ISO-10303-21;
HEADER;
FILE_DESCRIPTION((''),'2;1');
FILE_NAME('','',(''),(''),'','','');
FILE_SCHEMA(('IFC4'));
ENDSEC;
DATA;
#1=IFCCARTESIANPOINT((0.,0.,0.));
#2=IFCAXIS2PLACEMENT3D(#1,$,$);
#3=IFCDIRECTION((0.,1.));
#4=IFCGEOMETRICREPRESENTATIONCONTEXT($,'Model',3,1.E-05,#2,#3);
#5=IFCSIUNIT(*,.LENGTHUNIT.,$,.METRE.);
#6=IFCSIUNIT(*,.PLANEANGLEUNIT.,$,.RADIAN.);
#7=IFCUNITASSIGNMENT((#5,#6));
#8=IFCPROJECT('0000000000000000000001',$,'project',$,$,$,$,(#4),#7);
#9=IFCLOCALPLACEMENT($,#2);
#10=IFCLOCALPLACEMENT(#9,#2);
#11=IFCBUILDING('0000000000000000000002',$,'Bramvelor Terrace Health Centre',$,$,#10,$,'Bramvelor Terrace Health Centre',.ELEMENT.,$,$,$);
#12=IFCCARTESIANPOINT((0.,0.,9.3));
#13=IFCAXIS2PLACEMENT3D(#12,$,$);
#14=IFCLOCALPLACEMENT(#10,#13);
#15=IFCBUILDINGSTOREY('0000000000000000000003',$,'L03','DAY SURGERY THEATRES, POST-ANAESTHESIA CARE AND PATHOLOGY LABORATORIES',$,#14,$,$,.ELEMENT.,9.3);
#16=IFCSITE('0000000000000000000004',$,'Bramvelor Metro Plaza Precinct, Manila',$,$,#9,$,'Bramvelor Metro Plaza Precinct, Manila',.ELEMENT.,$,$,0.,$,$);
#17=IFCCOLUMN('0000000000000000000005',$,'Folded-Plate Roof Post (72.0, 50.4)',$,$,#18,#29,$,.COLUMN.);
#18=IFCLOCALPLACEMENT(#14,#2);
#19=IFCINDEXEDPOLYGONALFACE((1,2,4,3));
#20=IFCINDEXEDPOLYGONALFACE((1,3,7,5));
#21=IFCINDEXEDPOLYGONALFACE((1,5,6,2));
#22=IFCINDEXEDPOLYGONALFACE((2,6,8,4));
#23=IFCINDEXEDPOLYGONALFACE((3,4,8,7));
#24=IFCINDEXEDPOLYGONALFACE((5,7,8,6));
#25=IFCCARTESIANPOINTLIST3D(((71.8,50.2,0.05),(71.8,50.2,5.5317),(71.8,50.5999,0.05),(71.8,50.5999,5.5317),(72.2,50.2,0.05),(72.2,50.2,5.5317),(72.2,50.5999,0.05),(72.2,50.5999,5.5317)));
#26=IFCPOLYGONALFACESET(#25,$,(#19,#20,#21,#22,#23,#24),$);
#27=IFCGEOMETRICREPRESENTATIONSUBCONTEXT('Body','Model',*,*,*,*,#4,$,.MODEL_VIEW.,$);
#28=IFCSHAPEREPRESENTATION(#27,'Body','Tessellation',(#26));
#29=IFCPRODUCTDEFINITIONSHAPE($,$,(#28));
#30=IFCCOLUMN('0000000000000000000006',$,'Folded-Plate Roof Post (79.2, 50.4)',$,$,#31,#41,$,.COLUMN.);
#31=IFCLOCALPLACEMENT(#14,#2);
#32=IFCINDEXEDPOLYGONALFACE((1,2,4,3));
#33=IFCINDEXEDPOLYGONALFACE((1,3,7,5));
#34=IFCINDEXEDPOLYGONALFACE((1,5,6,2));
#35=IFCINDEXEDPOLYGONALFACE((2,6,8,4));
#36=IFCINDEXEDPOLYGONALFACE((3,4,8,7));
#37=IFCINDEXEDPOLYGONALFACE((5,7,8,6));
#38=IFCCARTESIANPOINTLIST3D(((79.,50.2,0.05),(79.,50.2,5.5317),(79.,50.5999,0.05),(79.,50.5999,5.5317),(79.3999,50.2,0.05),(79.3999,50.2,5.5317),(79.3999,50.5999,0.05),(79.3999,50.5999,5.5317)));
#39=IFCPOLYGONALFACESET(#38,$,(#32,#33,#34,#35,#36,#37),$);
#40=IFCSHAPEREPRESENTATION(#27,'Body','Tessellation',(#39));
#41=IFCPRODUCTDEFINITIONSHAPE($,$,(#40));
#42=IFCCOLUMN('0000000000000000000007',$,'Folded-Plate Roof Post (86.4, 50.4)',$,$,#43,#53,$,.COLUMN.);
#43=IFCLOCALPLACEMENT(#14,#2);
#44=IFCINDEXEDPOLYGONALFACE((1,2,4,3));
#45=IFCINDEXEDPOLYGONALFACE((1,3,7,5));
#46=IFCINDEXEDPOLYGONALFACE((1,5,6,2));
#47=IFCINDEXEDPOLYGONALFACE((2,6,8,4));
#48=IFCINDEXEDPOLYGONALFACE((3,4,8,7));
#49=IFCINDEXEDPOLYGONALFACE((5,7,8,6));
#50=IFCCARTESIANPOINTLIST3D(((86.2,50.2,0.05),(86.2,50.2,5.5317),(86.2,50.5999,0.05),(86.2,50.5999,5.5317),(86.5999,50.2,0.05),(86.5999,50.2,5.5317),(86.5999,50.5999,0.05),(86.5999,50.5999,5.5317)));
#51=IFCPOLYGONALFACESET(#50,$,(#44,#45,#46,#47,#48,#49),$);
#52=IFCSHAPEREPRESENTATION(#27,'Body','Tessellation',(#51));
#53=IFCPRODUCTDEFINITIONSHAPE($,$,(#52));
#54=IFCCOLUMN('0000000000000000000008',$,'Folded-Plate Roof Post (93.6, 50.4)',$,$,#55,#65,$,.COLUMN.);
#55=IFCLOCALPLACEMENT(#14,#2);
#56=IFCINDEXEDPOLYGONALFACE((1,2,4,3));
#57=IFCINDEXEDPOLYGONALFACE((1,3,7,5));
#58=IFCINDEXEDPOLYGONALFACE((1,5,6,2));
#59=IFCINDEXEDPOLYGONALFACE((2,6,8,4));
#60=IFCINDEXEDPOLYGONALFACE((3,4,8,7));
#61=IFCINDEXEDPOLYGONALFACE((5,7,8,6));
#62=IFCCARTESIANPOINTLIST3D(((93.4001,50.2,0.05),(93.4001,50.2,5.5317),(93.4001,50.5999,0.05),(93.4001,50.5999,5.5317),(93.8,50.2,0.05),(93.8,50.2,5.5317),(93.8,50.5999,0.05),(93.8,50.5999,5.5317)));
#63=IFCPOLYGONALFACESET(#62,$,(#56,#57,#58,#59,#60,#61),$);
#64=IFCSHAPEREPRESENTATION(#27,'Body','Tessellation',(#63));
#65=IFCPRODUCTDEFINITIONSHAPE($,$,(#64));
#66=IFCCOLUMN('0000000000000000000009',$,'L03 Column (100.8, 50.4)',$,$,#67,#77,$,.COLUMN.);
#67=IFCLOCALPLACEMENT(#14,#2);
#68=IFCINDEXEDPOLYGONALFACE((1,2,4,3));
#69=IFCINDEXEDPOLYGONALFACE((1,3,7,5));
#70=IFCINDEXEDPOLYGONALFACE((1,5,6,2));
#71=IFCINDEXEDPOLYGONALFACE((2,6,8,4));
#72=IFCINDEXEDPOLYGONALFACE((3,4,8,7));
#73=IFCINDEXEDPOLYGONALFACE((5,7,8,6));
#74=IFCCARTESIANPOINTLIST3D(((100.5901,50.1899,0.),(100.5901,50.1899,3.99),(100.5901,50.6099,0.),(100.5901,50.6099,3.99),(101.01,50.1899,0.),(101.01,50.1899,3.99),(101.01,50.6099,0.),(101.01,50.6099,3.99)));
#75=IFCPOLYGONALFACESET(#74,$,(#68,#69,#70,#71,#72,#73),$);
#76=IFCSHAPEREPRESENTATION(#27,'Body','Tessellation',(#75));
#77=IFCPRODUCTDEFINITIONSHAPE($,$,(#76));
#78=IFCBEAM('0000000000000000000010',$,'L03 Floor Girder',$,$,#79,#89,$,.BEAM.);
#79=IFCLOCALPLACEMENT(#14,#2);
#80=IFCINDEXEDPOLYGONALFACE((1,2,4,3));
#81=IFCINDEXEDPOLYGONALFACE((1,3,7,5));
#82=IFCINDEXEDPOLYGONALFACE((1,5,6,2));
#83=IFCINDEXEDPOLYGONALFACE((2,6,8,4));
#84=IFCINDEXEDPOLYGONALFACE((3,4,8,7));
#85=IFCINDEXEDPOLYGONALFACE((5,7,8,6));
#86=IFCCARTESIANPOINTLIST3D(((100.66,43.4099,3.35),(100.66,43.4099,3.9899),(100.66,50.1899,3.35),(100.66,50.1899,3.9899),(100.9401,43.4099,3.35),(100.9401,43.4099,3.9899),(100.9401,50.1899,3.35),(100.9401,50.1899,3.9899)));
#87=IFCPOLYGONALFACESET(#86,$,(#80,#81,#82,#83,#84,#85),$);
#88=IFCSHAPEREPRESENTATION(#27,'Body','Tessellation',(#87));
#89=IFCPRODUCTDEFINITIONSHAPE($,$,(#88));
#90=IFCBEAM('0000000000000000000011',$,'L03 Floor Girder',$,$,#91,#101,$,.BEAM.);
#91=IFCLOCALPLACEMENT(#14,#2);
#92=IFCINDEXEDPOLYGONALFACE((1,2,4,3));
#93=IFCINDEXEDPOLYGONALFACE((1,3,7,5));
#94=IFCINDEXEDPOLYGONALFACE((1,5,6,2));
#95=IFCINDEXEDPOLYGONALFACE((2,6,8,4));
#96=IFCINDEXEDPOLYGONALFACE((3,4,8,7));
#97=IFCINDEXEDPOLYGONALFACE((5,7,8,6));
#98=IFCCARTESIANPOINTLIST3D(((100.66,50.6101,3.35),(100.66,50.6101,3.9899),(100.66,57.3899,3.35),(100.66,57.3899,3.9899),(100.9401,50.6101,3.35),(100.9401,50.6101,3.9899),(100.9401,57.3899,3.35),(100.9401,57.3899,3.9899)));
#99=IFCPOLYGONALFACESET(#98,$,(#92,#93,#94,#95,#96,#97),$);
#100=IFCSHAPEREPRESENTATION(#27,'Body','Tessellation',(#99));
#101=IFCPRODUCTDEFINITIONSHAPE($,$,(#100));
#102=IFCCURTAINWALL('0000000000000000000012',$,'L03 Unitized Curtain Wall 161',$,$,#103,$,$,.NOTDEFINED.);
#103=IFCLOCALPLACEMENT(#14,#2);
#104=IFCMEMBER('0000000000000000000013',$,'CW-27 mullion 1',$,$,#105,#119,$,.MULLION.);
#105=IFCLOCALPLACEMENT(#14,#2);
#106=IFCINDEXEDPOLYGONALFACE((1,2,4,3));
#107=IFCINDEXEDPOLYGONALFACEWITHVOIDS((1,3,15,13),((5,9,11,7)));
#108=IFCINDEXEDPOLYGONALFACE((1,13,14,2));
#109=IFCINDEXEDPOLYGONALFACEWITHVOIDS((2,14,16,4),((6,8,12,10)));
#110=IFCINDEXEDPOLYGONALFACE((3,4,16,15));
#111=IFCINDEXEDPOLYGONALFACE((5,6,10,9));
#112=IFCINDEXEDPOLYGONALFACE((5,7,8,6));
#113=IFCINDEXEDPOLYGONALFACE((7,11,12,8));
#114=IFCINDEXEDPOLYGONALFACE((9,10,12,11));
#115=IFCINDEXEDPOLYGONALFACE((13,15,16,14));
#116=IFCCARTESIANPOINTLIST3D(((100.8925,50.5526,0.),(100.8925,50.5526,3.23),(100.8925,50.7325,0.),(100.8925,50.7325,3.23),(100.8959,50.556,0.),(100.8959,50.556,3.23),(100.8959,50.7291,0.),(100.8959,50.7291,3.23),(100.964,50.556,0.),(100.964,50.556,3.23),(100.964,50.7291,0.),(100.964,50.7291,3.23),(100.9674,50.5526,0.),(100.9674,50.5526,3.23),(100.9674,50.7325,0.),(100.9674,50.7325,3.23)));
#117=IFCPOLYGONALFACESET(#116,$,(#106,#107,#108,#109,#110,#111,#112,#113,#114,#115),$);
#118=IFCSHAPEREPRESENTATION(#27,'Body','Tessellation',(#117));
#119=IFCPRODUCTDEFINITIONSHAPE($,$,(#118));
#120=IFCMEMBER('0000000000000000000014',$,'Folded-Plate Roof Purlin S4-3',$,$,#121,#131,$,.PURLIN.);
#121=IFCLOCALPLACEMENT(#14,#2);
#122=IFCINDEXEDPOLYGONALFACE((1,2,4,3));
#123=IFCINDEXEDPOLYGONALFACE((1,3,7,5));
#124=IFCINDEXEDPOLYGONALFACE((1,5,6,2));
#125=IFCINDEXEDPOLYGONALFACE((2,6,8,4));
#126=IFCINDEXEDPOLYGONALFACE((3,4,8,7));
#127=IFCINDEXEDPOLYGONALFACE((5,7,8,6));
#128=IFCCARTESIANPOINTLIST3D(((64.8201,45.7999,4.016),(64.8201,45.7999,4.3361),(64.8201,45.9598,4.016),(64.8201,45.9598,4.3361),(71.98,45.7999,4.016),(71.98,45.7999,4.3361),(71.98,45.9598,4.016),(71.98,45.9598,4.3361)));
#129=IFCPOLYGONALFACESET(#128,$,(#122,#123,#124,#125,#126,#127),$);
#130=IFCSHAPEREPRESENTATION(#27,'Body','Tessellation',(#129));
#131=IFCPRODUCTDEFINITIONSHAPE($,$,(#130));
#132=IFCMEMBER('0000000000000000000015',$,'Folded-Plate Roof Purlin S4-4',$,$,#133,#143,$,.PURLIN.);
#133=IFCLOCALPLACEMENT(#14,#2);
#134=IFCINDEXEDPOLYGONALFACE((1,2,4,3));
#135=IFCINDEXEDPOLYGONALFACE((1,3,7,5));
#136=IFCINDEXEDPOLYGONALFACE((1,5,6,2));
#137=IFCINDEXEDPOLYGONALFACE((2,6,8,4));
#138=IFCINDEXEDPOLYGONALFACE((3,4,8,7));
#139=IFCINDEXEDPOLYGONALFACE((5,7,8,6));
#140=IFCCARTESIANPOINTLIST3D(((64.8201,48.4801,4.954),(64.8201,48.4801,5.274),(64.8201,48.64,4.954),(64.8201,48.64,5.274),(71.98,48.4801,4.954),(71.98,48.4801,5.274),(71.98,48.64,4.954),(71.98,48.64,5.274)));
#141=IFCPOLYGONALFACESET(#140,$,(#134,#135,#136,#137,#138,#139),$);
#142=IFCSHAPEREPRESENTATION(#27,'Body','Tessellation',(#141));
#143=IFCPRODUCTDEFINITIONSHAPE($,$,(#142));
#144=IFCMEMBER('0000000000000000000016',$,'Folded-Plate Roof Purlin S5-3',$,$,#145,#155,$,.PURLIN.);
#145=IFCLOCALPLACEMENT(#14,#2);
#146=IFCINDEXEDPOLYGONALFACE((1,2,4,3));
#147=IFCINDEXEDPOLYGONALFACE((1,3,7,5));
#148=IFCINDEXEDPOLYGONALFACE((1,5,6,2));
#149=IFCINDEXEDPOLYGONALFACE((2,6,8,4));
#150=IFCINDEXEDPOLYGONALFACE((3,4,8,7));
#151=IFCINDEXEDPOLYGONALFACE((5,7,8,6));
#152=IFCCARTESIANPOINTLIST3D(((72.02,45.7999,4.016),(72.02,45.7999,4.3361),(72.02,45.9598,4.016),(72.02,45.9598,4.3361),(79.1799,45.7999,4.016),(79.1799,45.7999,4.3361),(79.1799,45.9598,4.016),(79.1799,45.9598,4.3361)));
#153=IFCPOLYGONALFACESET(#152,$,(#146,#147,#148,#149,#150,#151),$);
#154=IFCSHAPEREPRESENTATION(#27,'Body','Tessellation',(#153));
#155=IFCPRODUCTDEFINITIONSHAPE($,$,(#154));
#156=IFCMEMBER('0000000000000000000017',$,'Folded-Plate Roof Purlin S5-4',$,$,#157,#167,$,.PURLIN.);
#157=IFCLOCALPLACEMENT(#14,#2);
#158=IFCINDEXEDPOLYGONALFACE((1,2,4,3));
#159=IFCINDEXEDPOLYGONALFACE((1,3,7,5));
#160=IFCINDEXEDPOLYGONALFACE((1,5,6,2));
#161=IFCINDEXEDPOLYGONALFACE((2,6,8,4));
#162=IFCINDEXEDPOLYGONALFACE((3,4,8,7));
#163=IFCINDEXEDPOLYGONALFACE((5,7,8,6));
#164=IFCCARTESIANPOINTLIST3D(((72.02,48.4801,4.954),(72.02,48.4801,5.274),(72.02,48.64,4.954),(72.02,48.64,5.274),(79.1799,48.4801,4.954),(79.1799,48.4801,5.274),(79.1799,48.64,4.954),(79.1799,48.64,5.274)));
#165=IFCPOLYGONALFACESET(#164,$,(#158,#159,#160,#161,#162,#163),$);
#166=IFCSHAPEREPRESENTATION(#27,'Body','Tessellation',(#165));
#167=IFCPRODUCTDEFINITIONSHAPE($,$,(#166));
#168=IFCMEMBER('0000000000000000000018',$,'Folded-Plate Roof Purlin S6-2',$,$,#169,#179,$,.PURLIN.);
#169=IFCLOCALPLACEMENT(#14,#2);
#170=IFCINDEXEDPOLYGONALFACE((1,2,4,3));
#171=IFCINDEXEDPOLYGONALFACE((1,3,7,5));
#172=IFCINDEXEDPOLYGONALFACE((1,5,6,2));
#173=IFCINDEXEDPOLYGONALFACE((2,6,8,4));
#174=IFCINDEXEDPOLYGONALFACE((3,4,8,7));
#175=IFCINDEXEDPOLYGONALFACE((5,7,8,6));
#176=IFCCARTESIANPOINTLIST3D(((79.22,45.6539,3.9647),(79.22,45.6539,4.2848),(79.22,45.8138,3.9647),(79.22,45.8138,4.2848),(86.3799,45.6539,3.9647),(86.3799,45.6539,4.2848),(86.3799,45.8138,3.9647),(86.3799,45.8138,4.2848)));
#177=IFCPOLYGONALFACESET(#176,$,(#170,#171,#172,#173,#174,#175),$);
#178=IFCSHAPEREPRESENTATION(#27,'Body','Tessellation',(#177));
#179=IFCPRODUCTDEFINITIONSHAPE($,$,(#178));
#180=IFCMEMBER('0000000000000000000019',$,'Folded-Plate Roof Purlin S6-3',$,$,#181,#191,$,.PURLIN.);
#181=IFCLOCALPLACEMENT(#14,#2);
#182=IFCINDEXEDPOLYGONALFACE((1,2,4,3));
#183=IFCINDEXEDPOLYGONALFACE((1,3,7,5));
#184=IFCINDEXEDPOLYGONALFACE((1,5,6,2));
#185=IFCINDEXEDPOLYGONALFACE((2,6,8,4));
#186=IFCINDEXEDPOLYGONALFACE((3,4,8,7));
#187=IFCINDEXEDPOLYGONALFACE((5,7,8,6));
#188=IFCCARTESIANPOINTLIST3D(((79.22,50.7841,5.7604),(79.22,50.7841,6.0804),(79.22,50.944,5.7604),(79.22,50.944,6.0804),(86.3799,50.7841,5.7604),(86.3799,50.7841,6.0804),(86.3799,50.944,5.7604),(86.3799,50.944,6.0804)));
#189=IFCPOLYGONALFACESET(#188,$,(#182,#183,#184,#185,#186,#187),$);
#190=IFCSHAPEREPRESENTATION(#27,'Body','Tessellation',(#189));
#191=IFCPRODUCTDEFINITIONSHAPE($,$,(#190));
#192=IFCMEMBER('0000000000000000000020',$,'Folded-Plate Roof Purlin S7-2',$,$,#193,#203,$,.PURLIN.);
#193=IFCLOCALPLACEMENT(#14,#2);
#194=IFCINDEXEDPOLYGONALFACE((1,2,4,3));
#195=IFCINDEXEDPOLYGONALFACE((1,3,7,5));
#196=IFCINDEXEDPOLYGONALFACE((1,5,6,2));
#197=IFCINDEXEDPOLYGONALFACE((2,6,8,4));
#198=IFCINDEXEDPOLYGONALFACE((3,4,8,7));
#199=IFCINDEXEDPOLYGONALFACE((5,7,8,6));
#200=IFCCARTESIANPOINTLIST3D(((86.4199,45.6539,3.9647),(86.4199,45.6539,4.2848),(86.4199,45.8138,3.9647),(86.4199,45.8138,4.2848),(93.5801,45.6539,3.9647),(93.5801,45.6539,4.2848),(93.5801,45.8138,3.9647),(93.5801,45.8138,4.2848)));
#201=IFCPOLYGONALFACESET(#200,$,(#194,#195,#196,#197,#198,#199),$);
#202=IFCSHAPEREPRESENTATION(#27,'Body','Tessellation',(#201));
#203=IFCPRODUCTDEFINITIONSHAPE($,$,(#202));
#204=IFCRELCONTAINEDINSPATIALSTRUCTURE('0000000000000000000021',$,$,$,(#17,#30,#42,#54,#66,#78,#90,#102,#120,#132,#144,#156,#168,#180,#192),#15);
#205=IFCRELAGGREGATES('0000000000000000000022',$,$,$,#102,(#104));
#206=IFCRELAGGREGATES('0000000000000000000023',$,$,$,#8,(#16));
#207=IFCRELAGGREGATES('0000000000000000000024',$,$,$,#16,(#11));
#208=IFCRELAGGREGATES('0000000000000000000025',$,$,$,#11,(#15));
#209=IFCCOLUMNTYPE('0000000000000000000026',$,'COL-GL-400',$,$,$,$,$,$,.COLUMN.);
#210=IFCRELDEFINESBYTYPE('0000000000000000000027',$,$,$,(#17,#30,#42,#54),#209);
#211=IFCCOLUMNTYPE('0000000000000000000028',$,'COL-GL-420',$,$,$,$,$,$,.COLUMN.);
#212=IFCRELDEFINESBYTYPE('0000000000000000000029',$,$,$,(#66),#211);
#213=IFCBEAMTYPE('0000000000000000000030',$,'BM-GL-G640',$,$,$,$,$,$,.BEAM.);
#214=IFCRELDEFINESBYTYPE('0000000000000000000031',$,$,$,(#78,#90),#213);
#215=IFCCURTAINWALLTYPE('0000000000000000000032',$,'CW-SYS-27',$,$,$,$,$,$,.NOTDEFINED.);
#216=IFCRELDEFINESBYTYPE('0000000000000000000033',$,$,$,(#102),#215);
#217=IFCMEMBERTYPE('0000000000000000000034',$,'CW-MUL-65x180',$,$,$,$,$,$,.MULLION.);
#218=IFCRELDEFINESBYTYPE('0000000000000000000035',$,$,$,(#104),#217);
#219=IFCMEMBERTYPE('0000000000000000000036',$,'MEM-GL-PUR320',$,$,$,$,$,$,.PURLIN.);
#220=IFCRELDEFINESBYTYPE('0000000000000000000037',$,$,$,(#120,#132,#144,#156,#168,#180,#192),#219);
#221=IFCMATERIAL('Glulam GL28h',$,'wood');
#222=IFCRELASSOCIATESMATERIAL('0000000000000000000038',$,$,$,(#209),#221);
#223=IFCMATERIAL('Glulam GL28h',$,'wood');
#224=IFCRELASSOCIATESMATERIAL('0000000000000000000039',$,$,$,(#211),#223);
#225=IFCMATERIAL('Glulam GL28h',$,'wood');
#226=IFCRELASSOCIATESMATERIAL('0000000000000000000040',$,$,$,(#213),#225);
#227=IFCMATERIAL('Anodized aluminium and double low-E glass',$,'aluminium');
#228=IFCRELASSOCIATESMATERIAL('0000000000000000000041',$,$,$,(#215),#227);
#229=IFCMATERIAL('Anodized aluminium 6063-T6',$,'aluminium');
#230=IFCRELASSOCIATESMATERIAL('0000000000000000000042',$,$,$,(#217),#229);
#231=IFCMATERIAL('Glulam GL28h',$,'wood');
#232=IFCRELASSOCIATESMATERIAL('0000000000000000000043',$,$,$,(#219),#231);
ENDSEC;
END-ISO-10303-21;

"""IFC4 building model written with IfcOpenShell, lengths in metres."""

from ifc_helpers import new_model, si_unit, direction, frame, origin, origin_2d, place, context, subcontext, project, spatial, rectangle, hollow_rectangle, extrude, material, material_profile, profile_set, type_object, element, aggregate, save


model = new_model("IFC4")

# Units and contexts
model_context = context("Model", 3, precision=1e-05, world=origin(), true_north=direction((0.0, 1.0)))
body_context = subcontext(model_context, "Body", "Model", "MODEL_VIEW")
ifc_project = project(units=[si_unit("LENGTHUNIT", "METRE"), si_unit("PLANEANGLEUNIT", "RADIAN")], contexts=[model_context])

# Site, building, storey
site_placement = place(None, origin())
site = spatial("IfcSite", under=ifc_project, at=site_placement, Name="Bramvelor Metro Plaza Precinct, Manila", LongName="Bramvelor Metro Plaza Precinct, Manila", CompositionType="ELEMENT", RefElevation=0.0)
building_placement = place(site_placement, origin())
building = spatial("IfcBuilding", under=site, at=building_placement, Name="Bramvelor Terrace Health Centre", LongName="Bramvelor Terrace Health Centre", CompositionType="ELEMENT")
storey_placement = place(building_placement, frame((0.0, 0.0, 9.3)))
storey = spatial("IfcBuildingStorey", under=building, at=storey_placement, Name="L03", Description="DAY SURGERY THEATRES, POST-ANAESTHESIA CARE AND PATHOLOGY LABORATORIES", CompositionType="ELEMENT", Elevation=9.3)

# Columns
ifc_material_1 = material(Name="Glulam GL28h", Category="wood")
ifc_material_profile_1 = material_profile(ifc_material_1, rectangle(XDim=0.3999, YDim=0.3999, at=origin_2d()), Name="GL 400x400")
ifc_profile_set_1 = profile_set([ifc_material_profile_1], Name="Glulam GL28h")
column_type_1 = type_object("IfcColumnType", Name="COL-GL-400", PredefinedType="COLUMN", material=ifc_profile_set_1)
for number, where, z_axis, x_axis, name in (
    (1, (72.0, 50.3999, 0.05), (0.0, 0.0, 1.0), (1.0, 0.0, 0.0), "Folded-Plate Roof Post (72.0, 50.4)"),
    (2, (79.2, 50.3999, 0.05), (0.0, 0.0, 1.0), (1.0, 0.0, 0.0), "Folded-Plate Roof Post (79.2, 50.4)"),
    (3, (86.3999, 50.3999, 0.05), (0.0, 0.0, 1.0), (1.0, 0.0, 0.0), "Folded-Plate Roof Post (86.4, 50.4)"),
    (4, (93.6001, 50.3999, 0.05), (0.0, 0.0, 1.0), (1.0, 0.0, 0.0), "Folded-Plate Roof Post (93.6, 50.4)"),
):
    element("IfcColumn", number, at=place(storey_placement, frame(where, z_axis=z_axis, x_axis=x_axis)), inside=storey, type_object=column_type_1, Name=name, PredefinedType="COLUMN", context=body_context, shape_type="SweptSolid", body=[
        extrude(rectangle(XDim=0.3999, YDim=0.3999, at=origin_2d()), origin(), (0.0, 0.0, 1.0), 5.4817),
    ])
ifc_material_2 = material(Name="Glulam GL28h", Category="wood")
ifc_material_profile_2 = material_profile(ifc_material_2, rectangle(XDim=0.4199, YDim=0.4199, at=origin_2d()), Name="GL 420x420")
ifc_profile_set_2 = profile_set([ifc_material_profile_2], Name="Glulam GL28h")
column_type_2 = type_object("IfcColumnType", Name="COL-GL-420", PredefinedType="COLUMN", material=ifc_profile_set_2)
column_placement = place(storey_placement, frame((100.8, 50.3999, 0.0), z_axis=(0.0, 0.0, 1.0), x_axis=(1.0, 0.0, 0.0)))
element("IfcColumn", 5, at=column_placement, inside=storey, type_object=column_type_2, Name="L03 Column (100.8, 50.4)", PredefinedType="COLUMN", context=body_context, shape_type="SweptSolid", body=[
    extrude(rectangle(XDim=0.4199, YDim=0.4199, at=origin_2d()), origin(), (0.0, 0.0, 1.0), 3.99),
])

# Beams
ifc_material_3 = material(Name="Glulam GL28h", Category="wood")
ifc_material_profile_3 = material_profile(ifc_material_3, rectangle(XDim=0.28, YDim=0.6399, at=origin_2d()), Name="GL 280x640")
ifc_profile_set_3 = profile_set([ifc_material_profile_3], Name="Glulam GL28h")
beam_type = type_object("IfcBeamType", Name="BM-GL-G640", PredefinedType="BEAM", material=ifc_profile_set_3)
beam_1_placement = place(storey_placement, frame((100.8, 43.4099, 3.6699), z_axis=(0.0, 1.0, 0.0), x_axis=(-1.0, 0.0, 0.0)))
element("IfcBeam", 6, at=beam_1_placement, inside=storey, type_object=beam_type, Name="L03 Floor Girder", PredefinedType="BEAM", context=body_context, shape_type="SweptSolid", body=[
    extrude(rectangle(XDim=0.28, YDim=0.6399, at=origin_2d()), origin(), (0.0, 0.0, 1.0), 6.78),
])
beam_2_placement = place(storey_placement, frame((100.8, 50.6101, 3.6699), z_axis=(0.0, 1.0, 0.0), x_axis=(-1.0, 0.0, 0.0)))
element("IfcBeam", 7, at=beam_2_placement, inside=storey, type_object=beam_type, Name="L03 Floor Girder", PredefinedType="BEAM", context=body_context, shape_type="SweptSolid", body=[
    extrude(rectangle(XDim=0.28, YDim=0.6399, at=origin_2d()), origin(), (0.0, 0.0, 1.0), 6.7798),
])

# Curtain wall, member
ifc_material_4 = material(Name="Anodized aluminium and double low-E glass", Category="aluminium")
curtain_wall_type = type_object("IfcCurtainWallType", Name="CW-SYS-27", PredefinedType="NOTDEFINED", material=ifc_material_4)
curtain_wall_placement = place(storey_placement, origin())
curtain_wall = element("IfcCurtainWall", 8, at=curtain_wall_placement, inside=storey, type_object=curtain_wall_type, Name="L03 Unitized Curtain Wall 161", PredefinedType="NOTDEFINED")
ifc_material_5 = material(Name="Anodized aluminium 6063-T6", Category="aluminium")
ifc_material_profile_4 = material_profile(ifc_material_5, hollow_rectangle(XDim=0.075, YDim=0.1799, WallThickness=0.0034, at=origin_2d()), Name="ALU-MUL 75x180x3.5")
ifc_profile_set_4 = profile_set([ifc_material_profile_4], Name="Anodized aluminium 6063-T6")
member_type_1 = type_object("IfcMemberType", Name="CW-MUL-65x180", PredefinedType="MULLION", material=ifc_profile_set_4)
member_1_placement = place(storey_placement, frame((100.9299, 50.6426, 0.0), z_axis=(0.0, 0.0, 1.0), x_axis=(-1.0, 0.0, 0.0)))
member_1 = element("IfcMember", 9, at=member_1_placement, type_object=member_type_1, Name="CW-27 mullion 1", PredefinedType="MULLION", context=body_context, shape_type="SweptSolid", body=[
    extrude(hollow_rectangle(XDim=0.075, YDim=0.1799, WallThickness=0.0034, at=origin_2d()), origin(), (0.0, 0.0, 1.0), 3.23),
])
aggregate(curtain_wall, [member_1])

# Members
ifc_material_6 = material(Name="Glulam GL28h", Category="wood")
ifc_material_profile_5 = material_profile(ifc_material_6, rectangle(XDim=0.1599, YDim=0.3201, at=origin_2d()), Name="GL 160x320")
ifc_profile_set_5 = profile_set([ifc_material_profile_5], Name="Glulam GL28h")
member_type_2 = type_object("IfcMemberType", Name="MEM-GL-PUR320", PredefinedType="PURLIN", material=ifc_profile_set_5)
for number, where, z_axis, x_axis, name in (
    (10, (64.8201, 45.8799, 4.176), (1.0, 0.0, 0.0), (0.0, 1.0, 0.0), "Folded-Plate Roof Purlin S4-3"),
    (11, (64.8201, 48.5601, 5.114), (1.0, 0.0, 0.0), (0.0, 1.0, 0.0), "Folded-Plate Roof Purlin S4-4"),
    (12, (72.02, 45.8799, 4.176), (1.0, 0.0, 0.0), (0.0, 1.0, 0.0), "Folded-Plate Roof Purlin S5-3"),
    (13, (72.02, 48.5601, 5.114), (1.0, 0.0, 0.0), (0.0, 1.0, 0.0), "Folded-Plate Roof Purlin S5-4"),
    (14, (79.22, 45.7339, 4.1248), (1.0, 0.0, 0.0), (0.0, 1.0, 0.0), "Folded-Plate Roof Purlin S6-2"),
    (15, (79.22, 50.864, 5.9204), (1.0, 0.0, 0.0), (0.0, 1.0, 0.0), "Folded-Plate Roof Purlin S6-3"),
):
    element("IfcMember", number, at=place(storey_placement, frame(where, z_axis=z_axis, x_axis=x_axis)), inside=storey, type_object=member_type_2, Name=name, PredefinedType="PURLIN", context=body_context, shape_type="SweptSolid", body=[
        extrude(rectangle(XDim=0.1599, YDim=0.3201, at=origin_2d()), origin(), (0.0, 0.0, 1.0), 7.1599),
    ])
member_2_placement = place(storey_placement, frame((86.4199, 45.7339, 4.1248), z_axis=(1.0, 0.0, 0.0), x_axis=(0.0, 1.0, 0.0)))
element("IfcMember", 16, at=member_2_placement, inside=storey, type_object=member_type_2, Name="Folded-Plate Roof Purlin S7-2", PredefinedType="PURLIN", context=body_context, shape_type="SweptSolid", body=[
    extrude(rectangle(XDim=0.1599, YDim=0.3201, at=origin_2d()), origin(), (0.0, 0.0, 1.0), 7.1602),
])

save(model, "model.ifc")
